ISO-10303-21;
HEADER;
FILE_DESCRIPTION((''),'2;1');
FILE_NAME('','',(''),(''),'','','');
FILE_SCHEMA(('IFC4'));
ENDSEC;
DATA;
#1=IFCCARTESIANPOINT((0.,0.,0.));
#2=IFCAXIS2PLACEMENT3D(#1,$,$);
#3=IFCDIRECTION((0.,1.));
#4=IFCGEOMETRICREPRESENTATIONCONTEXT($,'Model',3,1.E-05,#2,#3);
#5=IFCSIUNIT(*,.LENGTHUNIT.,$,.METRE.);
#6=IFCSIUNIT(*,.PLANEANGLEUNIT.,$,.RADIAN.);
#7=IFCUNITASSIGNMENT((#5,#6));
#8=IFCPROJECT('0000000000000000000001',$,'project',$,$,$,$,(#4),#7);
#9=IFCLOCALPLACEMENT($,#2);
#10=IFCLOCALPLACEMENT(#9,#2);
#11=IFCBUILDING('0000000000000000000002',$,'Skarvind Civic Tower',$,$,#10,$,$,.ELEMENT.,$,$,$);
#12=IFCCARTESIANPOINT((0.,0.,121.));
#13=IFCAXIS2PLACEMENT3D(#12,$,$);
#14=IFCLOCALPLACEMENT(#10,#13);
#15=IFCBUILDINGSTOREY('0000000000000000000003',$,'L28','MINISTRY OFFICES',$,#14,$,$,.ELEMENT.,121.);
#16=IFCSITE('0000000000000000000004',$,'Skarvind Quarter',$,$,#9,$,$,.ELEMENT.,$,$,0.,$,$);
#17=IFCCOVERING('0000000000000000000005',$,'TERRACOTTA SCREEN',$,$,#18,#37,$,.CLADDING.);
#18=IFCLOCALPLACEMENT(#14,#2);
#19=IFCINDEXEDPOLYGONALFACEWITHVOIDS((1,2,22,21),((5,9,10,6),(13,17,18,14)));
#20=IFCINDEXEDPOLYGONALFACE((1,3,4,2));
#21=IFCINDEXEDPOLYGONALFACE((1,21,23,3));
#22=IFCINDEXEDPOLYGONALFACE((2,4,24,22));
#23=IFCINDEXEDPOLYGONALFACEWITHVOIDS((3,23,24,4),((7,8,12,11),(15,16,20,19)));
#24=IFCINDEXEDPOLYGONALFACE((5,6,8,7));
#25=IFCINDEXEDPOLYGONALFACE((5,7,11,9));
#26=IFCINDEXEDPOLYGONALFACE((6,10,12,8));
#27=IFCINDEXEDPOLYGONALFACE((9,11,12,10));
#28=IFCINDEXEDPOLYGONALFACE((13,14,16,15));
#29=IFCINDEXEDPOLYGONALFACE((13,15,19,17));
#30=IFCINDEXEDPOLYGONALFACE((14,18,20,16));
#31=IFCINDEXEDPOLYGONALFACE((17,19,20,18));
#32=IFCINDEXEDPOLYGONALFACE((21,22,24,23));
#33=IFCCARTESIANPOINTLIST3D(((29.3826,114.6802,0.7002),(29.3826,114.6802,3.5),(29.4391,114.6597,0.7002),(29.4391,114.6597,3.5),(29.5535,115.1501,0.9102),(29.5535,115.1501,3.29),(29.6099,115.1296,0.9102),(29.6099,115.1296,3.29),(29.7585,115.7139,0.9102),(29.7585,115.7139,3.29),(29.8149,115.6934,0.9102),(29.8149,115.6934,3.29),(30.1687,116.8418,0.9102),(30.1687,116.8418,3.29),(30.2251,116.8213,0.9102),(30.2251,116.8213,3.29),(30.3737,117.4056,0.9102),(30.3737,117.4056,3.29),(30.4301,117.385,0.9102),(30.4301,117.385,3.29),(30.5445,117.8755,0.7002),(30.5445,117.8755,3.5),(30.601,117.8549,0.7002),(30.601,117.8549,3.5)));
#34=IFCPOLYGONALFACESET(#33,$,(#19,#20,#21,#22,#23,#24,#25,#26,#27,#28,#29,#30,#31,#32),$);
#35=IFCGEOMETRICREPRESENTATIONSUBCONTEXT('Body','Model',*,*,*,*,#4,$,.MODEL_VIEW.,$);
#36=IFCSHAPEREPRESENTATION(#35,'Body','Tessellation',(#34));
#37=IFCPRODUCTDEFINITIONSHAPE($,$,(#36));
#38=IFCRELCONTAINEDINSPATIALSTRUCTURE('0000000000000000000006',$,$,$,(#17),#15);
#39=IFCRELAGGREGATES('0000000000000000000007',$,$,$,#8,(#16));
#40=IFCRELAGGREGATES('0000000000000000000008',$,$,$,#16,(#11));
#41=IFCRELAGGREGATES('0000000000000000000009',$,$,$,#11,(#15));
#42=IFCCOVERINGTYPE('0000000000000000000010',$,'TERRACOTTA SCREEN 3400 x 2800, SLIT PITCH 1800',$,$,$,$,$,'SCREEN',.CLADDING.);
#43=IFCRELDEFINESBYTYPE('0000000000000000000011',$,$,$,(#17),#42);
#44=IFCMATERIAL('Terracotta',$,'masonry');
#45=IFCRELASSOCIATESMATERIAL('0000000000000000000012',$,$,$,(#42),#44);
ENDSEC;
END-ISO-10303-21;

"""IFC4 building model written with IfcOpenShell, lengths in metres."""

from ifc_helpers import new_model, si_unit, direction, frame, origin, place, context, subcontext, project, spatial, polyline, outline, extrude, material, material_profile, profile_set, type_object, element, save


model = new_model("IFC4")

# Units and contexts
model_context = context("Model", 3, precision=1e-05, world=origin(), true_north=direction((0.0, 1.0)))
body_context = subcontext(model_context, "Body", "Model", "MODEL_VIEW")
ifc_project = project(units=[si_unit("LENGTHUNIT", "METRE"), si_unit("PLANEANGLEUNIT", "RADIAN")], contexts=[model_context])

# Site, building, storey
site_placement = place(None, origin())
site = spatial("IfcSite", under=ifc_project, at=site_placement, Name="Skarvind Quarter", CompositionType="ELEMENT", RefElevation=0.0)
building_placement = place(site_placement, origin())
building = spatial("IfcBuilding", under=site, at=building_placement, Name="Skarvind Civic Tower", CompositionType="ELEMENT")
storey_placement = place(building_placement, frame((0.0, 0.0, 121.0)))
storey = spatial("IfcBuildingStorey", under=building, at=storey_placement, Name="L28", Description="MINISTRY OFFICES", CompositionType="ELEMENT", Elevation=121.0)

# Covering
ifc_material_1 = material(Name="Terracotta", Category="masonry")
ifc_material_profile_1 = material_profile(ifc_material_1, outline(polyline([(-1.7, -1.3999), (1.7, -1.3999), (1.7, 1.3999), (-1.7, 1.3999), (-1.7, -1.3999)]), holes=[polyline([(-1.2, -1.1899), (-0.6001, -1.1899), (-0.6001, 1.1899), (-1.2, 1.1899), (-1.2, -1.1899)]), polyline([(0.6001, -1.1899), (1.2, -1.1899), (1.2, 1.1899), (0.6001, 1.1899), (0.6001, -1.1899)])]), Name="TERRACOTTA SCREEN 3400 x 2800, SLIT PITCH 1800")
ifc_profile_set_1 = profile_set([ifc_material_profile_1], Name="Terracotta")
covering_type = type_object("IfcCoveringType", Name="TERRACOTTA SCREEN 3400 x 2800, SLIT PITCH 1800", ElementType="SCREEN", PredefinedType="CLADDING", material=ifc_profile_set_1)
covering_placement = place(storey_placement, frame((30.02, 116.2573, 2.1001), z_axis=(-0.939793, 0.341743, 0.0), x_axis=(-0.341743, -0.939793, 0.0)))
element("IfcCovering", 1, at=covering_placement, inside=storey, type_object=covering_type, Name="TERRACOTTA SCREEN", PredefinedType="CLADDING", context=body_context, shape_type="SweptSolid", body=[
    extrude(outline(polyline([(-1.7, -1.3999), (1.7, -1.3999), (1.7, 1.3999), (-1.7, 1.3999), (-1.7, -1.3999)]), holes=[polyline([(-1.2, -1.1899), (-0.6001, -1.1899), (-0.6001, 1.1899), (-1.2, 1.1899), (-1.2, -1.1899)]), polyline([(0.6001, -1.1899), (1.2, -1.1899), (1.2, 1.1899), (0.6001, 1.1899), (0.6001, -1.1899)])]), origin(), (0.0, 0.0, 1.0), 0.0601),
])

save(model, "model.ifc")
